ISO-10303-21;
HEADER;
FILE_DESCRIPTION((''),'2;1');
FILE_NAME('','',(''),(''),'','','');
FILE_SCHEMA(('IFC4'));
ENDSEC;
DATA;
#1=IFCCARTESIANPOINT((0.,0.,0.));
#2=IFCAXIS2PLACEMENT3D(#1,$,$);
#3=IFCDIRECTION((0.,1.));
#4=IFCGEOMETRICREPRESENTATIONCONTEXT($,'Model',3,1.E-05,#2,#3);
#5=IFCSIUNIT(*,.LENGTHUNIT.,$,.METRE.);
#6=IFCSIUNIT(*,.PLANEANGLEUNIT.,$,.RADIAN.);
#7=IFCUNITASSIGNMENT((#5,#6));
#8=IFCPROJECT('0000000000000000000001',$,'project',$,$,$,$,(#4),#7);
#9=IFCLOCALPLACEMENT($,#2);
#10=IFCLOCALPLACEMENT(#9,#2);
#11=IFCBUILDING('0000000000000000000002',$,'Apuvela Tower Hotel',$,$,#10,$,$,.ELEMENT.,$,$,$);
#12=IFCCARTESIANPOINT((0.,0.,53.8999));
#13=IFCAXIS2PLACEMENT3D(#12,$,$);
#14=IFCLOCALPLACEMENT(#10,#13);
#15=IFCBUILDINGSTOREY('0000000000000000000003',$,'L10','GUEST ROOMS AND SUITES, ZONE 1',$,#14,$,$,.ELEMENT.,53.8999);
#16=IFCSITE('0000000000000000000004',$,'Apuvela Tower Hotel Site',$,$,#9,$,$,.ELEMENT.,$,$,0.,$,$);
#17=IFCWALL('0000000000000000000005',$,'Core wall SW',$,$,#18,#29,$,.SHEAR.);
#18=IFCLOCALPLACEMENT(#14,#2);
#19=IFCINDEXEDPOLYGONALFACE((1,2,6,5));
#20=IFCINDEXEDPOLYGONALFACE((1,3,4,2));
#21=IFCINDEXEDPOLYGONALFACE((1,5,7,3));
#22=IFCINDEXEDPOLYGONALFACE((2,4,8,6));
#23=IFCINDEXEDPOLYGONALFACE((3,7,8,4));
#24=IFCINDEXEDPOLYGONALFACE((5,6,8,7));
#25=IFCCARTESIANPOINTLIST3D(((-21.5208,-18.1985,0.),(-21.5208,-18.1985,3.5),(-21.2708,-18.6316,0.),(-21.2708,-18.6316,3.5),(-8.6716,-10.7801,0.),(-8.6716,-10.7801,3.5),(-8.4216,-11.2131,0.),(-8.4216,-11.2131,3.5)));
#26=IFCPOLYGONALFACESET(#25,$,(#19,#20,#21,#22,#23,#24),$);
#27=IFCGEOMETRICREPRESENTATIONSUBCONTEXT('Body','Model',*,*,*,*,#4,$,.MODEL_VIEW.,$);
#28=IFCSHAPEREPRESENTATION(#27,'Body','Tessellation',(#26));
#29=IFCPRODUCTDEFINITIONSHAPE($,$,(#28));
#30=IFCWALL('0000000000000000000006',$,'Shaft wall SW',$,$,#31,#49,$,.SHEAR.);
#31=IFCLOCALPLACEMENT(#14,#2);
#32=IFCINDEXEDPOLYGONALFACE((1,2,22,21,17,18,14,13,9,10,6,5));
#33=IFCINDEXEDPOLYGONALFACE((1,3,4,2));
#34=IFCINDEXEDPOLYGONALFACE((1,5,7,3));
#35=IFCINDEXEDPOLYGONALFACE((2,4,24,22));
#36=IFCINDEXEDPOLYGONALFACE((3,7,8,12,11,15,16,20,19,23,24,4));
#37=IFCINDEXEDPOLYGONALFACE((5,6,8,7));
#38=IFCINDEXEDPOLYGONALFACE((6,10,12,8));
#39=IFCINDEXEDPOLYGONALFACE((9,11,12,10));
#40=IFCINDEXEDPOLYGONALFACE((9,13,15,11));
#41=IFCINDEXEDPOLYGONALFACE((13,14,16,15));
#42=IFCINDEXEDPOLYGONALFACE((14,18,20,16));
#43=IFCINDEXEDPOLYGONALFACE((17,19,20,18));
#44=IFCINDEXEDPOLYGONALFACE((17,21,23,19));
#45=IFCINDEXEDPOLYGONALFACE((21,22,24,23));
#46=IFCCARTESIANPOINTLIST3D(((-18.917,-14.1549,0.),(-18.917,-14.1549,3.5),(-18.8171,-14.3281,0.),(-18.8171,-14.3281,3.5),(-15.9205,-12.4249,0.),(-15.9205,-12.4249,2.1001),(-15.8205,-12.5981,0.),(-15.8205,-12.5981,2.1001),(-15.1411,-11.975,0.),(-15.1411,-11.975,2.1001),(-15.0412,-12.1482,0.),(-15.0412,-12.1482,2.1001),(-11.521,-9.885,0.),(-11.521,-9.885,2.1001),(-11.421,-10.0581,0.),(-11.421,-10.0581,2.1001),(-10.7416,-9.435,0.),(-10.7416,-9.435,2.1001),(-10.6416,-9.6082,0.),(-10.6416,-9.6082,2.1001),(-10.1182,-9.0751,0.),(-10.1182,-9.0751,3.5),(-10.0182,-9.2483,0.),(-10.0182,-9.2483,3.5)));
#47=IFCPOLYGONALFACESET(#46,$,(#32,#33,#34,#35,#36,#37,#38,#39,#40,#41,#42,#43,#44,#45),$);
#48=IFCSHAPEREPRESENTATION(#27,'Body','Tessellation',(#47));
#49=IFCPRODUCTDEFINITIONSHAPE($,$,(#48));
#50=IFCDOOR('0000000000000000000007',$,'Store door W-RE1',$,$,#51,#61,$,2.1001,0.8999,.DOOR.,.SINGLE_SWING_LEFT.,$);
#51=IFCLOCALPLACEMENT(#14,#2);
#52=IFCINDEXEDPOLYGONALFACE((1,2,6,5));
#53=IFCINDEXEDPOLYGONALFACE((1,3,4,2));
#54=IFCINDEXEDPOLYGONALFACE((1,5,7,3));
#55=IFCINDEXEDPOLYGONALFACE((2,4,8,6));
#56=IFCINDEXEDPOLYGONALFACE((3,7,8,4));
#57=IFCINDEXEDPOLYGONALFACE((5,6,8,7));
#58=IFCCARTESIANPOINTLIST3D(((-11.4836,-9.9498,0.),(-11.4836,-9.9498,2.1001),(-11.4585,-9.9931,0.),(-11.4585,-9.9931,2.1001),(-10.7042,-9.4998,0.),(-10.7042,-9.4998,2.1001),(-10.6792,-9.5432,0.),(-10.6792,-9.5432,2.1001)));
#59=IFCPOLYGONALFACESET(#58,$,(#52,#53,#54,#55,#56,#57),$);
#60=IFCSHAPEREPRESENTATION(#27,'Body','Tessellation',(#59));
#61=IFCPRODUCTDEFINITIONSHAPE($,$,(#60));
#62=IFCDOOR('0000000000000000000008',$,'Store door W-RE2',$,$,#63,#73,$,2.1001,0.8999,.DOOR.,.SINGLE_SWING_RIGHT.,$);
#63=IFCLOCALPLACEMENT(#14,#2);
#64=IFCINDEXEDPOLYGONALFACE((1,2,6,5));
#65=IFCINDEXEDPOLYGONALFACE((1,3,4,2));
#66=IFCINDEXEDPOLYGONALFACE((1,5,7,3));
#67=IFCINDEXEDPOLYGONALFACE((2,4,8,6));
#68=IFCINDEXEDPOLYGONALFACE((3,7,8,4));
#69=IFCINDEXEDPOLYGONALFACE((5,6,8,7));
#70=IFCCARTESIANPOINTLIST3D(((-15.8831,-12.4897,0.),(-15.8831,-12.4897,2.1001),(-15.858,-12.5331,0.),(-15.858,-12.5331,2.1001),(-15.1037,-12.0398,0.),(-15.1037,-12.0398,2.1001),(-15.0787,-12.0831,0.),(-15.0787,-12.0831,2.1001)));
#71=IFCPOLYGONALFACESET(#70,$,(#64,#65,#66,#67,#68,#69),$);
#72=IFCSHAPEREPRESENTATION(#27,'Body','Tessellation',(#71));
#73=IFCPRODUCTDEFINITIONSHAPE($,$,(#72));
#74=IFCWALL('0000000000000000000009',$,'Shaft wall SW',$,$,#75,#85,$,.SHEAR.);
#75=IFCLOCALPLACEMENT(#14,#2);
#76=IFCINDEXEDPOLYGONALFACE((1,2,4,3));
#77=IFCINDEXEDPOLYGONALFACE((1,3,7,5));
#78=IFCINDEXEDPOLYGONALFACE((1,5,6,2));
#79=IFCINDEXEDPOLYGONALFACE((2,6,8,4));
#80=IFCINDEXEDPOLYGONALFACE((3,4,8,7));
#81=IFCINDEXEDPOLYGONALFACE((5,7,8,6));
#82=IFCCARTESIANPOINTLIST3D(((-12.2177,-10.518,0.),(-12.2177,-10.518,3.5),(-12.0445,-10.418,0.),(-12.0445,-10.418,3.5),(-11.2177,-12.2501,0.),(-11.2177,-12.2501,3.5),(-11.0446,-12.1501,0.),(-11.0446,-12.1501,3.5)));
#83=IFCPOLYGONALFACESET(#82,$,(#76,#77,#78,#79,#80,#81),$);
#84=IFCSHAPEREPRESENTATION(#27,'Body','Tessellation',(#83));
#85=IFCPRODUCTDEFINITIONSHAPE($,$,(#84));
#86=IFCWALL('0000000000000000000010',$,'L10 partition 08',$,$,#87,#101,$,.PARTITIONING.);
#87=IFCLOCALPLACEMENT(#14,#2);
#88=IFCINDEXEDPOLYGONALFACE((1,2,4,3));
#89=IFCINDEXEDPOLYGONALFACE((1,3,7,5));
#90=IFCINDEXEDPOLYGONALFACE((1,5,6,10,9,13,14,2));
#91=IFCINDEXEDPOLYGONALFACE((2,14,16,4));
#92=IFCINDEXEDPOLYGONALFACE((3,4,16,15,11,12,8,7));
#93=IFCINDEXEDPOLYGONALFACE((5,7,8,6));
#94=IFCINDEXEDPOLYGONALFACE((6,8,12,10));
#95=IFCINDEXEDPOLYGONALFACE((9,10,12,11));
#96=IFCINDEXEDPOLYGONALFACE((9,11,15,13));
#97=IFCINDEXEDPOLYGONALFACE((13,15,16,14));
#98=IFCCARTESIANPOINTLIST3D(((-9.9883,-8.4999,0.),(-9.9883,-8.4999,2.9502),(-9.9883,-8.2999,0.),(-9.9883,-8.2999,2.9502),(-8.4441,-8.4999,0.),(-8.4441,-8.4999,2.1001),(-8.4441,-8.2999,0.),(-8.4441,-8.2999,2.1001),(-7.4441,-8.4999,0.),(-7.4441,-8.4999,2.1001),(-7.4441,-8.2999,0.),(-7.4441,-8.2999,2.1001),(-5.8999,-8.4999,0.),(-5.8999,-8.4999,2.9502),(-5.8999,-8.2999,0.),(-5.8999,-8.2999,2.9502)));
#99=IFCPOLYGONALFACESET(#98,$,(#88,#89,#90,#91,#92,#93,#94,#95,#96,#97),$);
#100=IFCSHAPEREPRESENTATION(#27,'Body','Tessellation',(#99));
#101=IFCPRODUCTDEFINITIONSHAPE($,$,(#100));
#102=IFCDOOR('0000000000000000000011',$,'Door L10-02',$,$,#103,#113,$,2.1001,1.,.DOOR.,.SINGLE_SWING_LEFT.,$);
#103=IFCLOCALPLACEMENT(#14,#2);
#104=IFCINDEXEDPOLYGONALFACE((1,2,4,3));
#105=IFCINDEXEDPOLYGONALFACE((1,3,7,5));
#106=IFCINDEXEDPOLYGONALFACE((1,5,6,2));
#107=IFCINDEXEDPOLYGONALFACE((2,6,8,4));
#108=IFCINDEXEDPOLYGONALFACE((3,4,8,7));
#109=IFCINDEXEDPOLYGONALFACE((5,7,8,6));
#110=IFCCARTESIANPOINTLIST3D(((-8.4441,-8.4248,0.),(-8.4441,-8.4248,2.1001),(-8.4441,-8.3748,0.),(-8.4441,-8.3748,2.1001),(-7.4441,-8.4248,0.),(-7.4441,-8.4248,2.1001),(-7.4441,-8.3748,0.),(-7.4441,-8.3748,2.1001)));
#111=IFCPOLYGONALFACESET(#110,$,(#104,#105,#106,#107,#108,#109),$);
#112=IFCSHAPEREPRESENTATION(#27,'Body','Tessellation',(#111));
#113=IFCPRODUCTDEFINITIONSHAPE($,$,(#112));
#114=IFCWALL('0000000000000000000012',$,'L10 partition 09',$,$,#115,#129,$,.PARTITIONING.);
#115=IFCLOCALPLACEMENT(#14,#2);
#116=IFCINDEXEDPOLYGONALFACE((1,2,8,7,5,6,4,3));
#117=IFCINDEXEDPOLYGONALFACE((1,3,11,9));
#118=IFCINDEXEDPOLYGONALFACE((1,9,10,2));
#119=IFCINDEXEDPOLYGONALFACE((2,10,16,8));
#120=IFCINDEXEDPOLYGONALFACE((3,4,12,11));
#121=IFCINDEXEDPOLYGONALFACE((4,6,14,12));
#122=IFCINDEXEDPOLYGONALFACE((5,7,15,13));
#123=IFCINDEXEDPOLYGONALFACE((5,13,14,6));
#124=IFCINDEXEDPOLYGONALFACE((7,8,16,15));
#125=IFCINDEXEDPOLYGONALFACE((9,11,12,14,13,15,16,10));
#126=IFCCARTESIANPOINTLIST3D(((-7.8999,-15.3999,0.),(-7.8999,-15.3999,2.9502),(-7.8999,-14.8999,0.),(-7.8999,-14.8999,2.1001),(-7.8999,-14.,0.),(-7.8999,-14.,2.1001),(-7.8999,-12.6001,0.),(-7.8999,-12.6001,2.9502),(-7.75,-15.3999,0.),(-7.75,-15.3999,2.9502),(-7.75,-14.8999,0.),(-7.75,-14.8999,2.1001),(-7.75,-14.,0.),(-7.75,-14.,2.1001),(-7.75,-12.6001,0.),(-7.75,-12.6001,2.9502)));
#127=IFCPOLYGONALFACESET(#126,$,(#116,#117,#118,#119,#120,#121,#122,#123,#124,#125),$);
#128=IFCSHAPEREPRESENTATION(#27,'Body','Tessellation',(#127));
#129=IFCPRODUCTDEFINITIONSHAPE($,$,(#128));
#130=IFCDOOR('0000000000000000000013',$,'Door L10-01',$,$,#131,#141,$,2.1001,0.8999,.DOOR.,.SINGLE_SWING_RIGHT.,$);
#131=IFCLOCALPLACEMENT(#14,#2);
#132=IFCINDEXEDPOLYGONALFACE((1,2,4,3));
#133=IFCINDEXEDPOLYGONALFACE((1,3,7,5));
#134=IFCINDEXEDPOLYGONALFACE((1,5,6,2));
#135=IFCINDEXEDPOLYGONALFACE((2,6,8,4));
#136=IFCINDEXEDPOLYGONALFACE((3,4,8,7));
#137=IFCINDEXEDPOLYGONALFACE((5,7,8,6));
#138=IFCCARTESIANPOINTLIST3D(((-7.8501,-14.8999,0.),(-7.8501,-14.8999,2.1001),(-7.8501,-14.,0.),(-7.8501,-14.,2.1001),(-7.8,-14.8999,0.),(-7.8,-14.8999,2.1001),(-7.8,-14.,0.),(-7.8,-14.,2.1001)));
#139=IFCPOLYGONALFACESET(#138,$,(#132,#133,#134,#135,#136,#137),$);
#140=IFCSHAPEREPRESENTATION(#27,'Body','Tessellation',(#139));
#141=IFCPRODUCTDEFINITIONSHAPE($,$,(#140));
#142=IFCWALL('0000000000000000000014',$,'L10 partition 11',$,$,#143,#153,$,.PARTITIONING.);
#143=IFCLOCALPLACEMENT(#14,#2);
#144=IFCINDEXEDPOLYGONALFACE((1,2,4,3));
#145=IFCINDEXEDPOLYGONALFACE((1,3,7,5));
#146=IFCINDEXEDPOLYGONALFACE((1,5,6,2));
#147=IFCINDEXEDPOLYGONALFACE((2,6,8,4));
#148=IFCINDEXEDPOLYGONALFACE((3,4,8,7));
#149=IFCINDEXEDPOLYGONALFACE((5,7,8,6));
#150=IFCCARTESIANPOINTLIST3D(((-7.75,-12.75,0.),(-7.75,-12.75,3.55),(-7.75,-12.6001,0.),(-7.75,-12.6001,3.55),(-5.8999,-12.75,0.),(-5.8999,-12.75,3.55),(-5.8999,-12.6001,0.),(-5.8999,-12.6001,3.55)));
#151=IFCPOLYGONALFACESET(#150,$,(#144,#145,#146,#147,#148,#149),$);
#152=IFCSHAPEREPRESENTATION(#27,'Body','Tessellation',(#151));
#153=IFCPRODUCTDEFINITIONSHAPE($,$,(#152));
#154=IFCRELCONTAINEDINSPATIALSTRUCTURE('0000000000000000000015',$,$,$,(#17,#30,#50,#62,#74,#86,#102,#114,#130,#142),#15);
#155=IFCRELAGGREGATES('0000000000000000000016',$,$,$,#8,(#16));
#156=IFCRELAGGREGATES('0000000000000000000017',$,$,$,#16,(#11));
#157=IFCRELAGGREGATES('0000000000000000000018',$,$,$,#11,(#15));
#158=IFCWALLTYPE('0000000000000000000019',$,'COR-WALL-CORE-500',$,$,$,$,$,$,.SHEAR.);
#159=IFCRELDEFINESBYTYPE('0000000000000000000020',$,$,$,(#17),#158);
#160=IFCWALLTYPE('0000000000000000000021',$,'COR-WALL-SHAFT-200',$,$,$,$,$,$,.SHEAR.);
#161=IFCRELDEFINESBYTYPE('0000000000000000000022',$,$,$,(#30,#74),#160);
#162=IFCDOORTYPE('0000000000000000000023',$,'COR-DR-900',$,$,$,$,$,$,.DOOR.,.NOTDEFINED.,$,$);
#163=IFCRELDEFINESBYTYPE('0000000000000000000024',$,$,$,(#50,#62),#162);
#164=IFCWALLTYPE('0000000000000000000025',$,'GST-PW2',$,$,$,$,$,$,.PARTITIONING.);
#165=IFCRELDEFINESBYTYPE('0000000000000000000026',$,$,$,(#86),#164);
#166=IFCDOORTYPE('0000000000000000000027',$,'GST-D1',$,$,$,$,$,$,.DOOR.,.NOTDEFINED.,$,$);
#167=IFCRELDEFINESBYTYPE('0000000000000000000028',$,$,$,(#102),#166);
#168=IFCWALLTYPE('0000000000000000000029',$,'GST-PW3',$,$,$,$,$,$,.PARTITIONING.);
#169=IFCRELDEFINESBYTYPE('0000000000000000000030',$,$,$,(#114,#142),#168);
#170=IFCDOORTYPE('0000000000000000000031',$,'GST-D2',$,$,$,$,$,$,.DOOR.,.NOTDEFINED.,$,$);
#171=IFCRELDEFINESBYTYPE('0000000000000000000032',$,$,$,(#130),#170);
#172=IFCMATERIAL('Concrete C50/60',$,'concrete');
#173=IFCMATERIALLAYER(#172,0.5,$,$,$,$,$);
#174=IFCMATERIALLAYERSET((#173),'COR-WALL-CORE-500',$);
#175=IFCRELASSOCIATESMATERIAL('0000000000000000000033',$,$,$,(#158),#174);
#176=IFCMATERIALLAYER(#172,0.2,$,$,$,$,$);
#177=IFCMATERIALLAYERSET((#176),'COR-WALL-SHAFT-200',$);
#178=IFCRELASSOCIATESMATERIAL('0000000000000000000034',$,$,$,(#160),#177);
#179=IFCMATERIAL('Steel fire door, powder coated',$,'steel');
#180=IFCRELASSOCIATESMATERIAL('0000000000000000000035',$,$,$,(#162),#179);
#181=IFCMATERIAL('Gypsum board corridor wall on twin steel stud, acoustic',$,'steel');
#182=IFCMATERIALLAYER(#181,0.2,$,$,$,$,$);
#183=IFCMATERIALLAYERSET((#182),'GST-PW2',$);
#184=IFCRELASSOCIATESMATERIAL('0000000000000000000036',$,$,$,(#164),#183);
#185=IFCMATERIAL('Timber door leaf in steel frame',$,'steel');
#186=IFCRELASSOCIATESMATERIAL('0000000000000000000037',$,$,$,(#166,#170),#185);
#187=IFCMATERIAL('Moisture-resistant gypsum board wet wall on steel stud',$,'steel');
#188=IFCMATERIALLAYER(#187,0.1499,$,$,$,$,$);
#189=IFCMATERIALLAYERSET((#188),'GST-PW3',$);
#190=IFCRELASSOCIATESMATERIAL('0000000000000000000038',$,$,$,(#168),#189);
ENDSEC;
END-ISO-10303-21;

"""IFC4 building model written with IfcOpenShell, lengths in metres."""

from ifc_helpers import new_model, si_unit, direction, frame, frame_2d, origin, place, context, subcontext, project, spatial, rectangle, extrude, material, layer, layer_set, type_object, element, fill, save


model = new_model("IFC4")

# Units and contexts
model_context = context("Model", 3, precision=1e-05, world=origin(), true_north=direction((0.0, 1.0)))
body_context = subcontext(model_context, "Body", "Model", "MODEL_VIEW")
ifc_project = project(units=[si_unit("LENGTHUNIT", "METRE"), si_unit("PLANEANGLEUNIT", "RADIAN")], contexts=[model_context])

# Site, building, storey
site_placement = place(None, origin())
site = spatial("IfcSite", under=ifc_project, at=site_placement, Name="Apuvela Tower Hotel Site", CompositionType="ELEMENT", RefElevation=0.0)
building_placement = place(site_placement, origin())
building = spatial("IfcBuilding", under=site, at=building_placement, Name="Apuvela Tower Hotel", CompositionType="ELEMENT")
storey_placement = place(building_placement, frame((0.0, 0.0, 53.8999)))
storey = spatial("IfcBuildingStorey", under=building, at=storey_placement, Name="L10", Description="GUEST ROOMS AND SUITES, ZONE 1", CompositionType="ELEMENT", Elevation=53.8999)

# Wall
ifc_material_1 = material(Name="Concrete C50/60", Category="concrete")
ifc_layer_1 = layer(ifc_material_1, 0.5)
ifc_layer_set_1 = layer_set([ifc_layer_1], Name="COR-WALL-CORE-500")
wall_type_1 = type_object("IfcWallType", Name="COR-WALL-CORE-500", PredefinedType="SHEAR", material=ifc_layer_set_1)
wall_1_placement = place(storey_placement, frame((-8.5466, -10.9966, 0.0), z_axis=(0.0, 0.0, 1.0), x_axis=(-0.866025, -0.500001, 0.0)))
element("IfcWall", 1, at=wall_1_placement, inside=storey, type_object=wall_type_1, Name="Core wall SW", PredefinedType="SHEAR", context=body_context, shape_type="SweptSolid", body=[
    extrude(rectangle(XDim=14.8369, YDim=0.5, at=frame_2d((7.4185, 0.0))), origin(), (0.0, 0.0, 1.0), 3.5),
])

# Wall, openings, doors
ifc_layer_2 = layer(ifc_material_1, 0.2)
ifc_layer_set_2 = layer_set([ifc_layer_2], Name="COR-WALL-SHAFT-200")
wall_type_2 = type_object("IfcWallType", Name="COR-WALL-SHAFT-200", PredefinedType="SHEAR", material=ifc_layer_set_2)
wall_2_placement = place(storey_placement, frame((-10.0681, -9.1616, 0.0), z_axis=(0.0, 0.0, 1.0), x_axis=(-0.866033, -0.499987, 0.0)))
wall_2 = element("IfcWall", 2, at=wall_2_placement, inside=storey, type_object=wall_type_2, Name="Shaft wall SW", PredefinedType="SHEAR", context=body_context, shape_type="SweptSolid", body=[
    extrude(rectangle(XDim=10.1599, YDim=0.2, at=frame_2d((5.0801, 0.0))), origin(), (0.0, 0.0, 1.0), 3.5),
])
opening_1_placement = place(wall_2_placement, frame((0.72, 0.0, 0.0)))
opening_1 = element("IfcOpeningElement", 3, at=opening_1_placement, cuts=wall_2, PredefinedType="OPENING", context=body_context, shape_type="SweptSolid", body=[
    extrude(rectangle(XDim=0.8999, YDim=2.1001, at=frame_2d((0.45, 1.05))), frame((0.0, 0.1099, 0.0), z_axis=(0.0, -1.0, 0.0), x_axis=(1.0, 0.0, 0.0)), (0.0, 0.0, 1.0), 0.22),
])
opening_2_placement = place(wall_2_placement, frame((5.8, 0.0, 0.0)))
opening_2 = element("IfcOpeningElement", 4, at=opening_2_placement, cuts=wall_2, PredefinedType="OPENING", context=body_context, shape_type="SweptSolid", body=[
    extrude(rectangle(XDim=0.8999, YDim=2.1001, at=frame_2d((0.45, 1.05))), frame((0.0, 0.1099, 0.0), z_axis=(0.0, -1.0, 0.0), x_axis=(1.0, 0.0, 0.0)), (0.0, 0.0, 1.0), 0.22),
])
ifc_material_2 = material(Name="Steel fire door, powder coated", Category="steel")
door_type_1 = type_object("IfcDoorType", Name="COR-DR-900", OperationType="NOTDEFINED", PredefinedType="DOOR", material=ifc_material_2)
door_1_placement = place(opening_1_placement, origin())
door_1 = element("IfcDoor", 5, at=door_1_placement, inside=storey, type_object=door_type_1, Name="Store door W-RE1", OperationType="SINGLE_SWING_LEFT", OverallHeight=2.1001, OverallWidth=0.8999, PredefinedType="DOOR", context=body_context, shape_type="SweptSolid", body=[
    extrude(rectangle(XDim=0.8999, YDim=2.1001, at=frame_2d((0.45, 1.05))), frame((0.0, 0.0249, 0.0), z_axis=(0.0, -1.0, 0.0), x_axis=(1.0, 0.0, 0.0)), (0.0, 0.0, 1.0), 0.05),
])
fill(opening_1, door_1)
door_2_placement = place(opening_2_placement, origin())
door_2 = element("IfcDoor", 6, at=door_2_placement, inside=storey, type_object=door_type_1, Name="Store door W-RE2", OperationType="SINGLE_SWING_RIGHT", OverallHeight=2.1001, OverallWidth=0.8999, PredefinedType="DOOR", context=body_context, shape_type="SweptSolid", body=[
    extrude(rectangle(XDim=0.8999, YDim=2.1001, at=frame_2d((0.45, 1.05))), frame((0.0, 0.0249, 0.0), z_axis=(0.0, -1.0, 0.0), x_axis=(1.0, 0.0, 0.0)), (0.0, 0.0, 1.0), 0.05),
])
fill(opening_2, door_2)

# Wall
wall_3_placement = place(storey_placement, frame((-12.1311, -10.468, 0.0), z_axis=(0.0, 0.0, 1.0), x_axis=(0.499973, -0.866041, 0.0)))
element("IfcWall", 7, at=wall_3_placement, inside=storey, type_object=wall_type_2, Name="Shaft wall SW", PredefinedType="SHEAR", context=body_context, shape_type="SweptSolid", body=[
    extrude(rectangle(XDim=2.0, YDim=0.2, at=frame_2d((1.0, 0.0))), origin(), (0.0, 0.0, 1.0), 3.5),
])

# Walls, openings, doors
ifc_material_3 = material(Name="Gypsum board corridor wall on twin steel stud, acoustic", Category="steel")
ifc_layer_3 = layer(ifc_material_3, 0.2)
ifc_layer_set_3 = layer_set([ifc_layer_3], Name="GST-PW2")
wall_type_3 = type_object("IfcWallType", Name="GST-PW2", PredefinedType="PARTITIONING", material=ifc_layer_set_3)
wall_4_placement = place(storey_placement, frame((-5.8999, -8.3999, 0.0), z_axis=(0.0, 0.0, 1.0), x_axis=(-1.0, 0.0, 0.0)))
wall_4 = element("IfcWall", 8, at=wall_4_placement, inside=storey, type_object=wall_type_3, Name="L10 partition 08", PredefinedType="PARTITIONING", context=body_context, shape_type="SweptSolid", body=[
    extrude(rectangle(XDim=4.0884, YDim=0.2, at=frame_2d((2.0442, 0.0))), origin(), (0.0, 0.0, 1.0), 2.9502),
])
opening_3_placement = place(wall_4_placement, frame((1.5442, 0.0, 0.0)))
opening_3 = element("IfcOpeningElement", 9, at=opening_3_placement, cuts=wall_4, PredefinedType="OPENING", context=body_context, shape_type="SweptSolid", body=[
    extrude(rectangle(XDim=1.0, YDim=2.1001, at=frame_2d((0.5, 1.05))), frame((0.0, 0.1099, 0.0), z_axis=(0.0, -1.0, 0.0), x_axis=(1.0, 0.0, 0.0)), (0.0, 0.0, 1.0), 0.22),
])
ifc_material_4 = material(Name="Timber door leaf in steel frame", Category="steel")
door_type_2 = type_object("IfcDoorType", Name="GST-D1", OperationType="NOTDEFINED", PredefinedType="DOOR", material=ifc_material_4)
door_3_placement = place(opening_3_placement, origin())
door_3 = element("IfcDoor", 10, at=door_3_placement, inside=storey, type_object=door_type_2, Name="Door L10-02", OperationType="SINGLE_SWING_LEFT", OverallHeight=2.1001, OverallWidth=1.0, PredefinedType="DOOR", context=body_context, shape_type="SweptSolid", body=[
    extrude(rectangle(XDim=1.0, YDim=2.1001, at=frame_2d((0.5, 1.05))), frame((0.0, 0.0249, 0.0), z_axis=(0.0, -1.0, 0.0), x_axis=(1.0, 0.0, 0.0)), (0.0, 0.0, 1.0), 0.05),
])
fill(opening_3, door_3)
ifc_material_5 = material(Name="Moisture-resistant gypsum board wet wall on steel stud", Category="steel")
ifc_layer_4 = layer(ifc_material_5, 0.1499)
ifc_layer_set_4 = layer_set([ifc_layer_4], Name="GST-PW3")
wall_type_4 = type_object("IfcWallType", Name="GST-PW3", PredefinedType="PARTITIONING", material=ifc_layer_set_4)
wall_5_placement = place(storey_placement, frame((-7.825, -12.6001, 0.0), z_axis=(0.0, 0.0, 1.0), x_axis=(0.0, -1.0, 0.0)))
wall_5 = element("IfcWall", 11, at=wall_5_placement, inside=storey, type_object=wall_type_4, Name="L10 partition 09", PredefinedType="PARTITIONING", context=body_context, shape_type="SweptSolid", body=[
    extrude(rectangle(XDim=2.7998, YDim=0.1499, at=frame_2d((1.3999, 0.0))), origin(), (0.0, 0.0, 1.0), 2.9502),
])
opening_4_placement = place(wall_5_placement, frame((1.3999, 0.0, 0.0)))
opening_4 = element("IfcOpeningElement", 12, at=opening_4_placement, cuts=wall_5, PredefinedType="OPENING", context=body_context, shape_type="SweptSolid", body=[
    extrude(rectangle(XDim=0.8999, YDim=2.1001, at=frame_2d((0.45, 1.05))), frame((0.0, 0.085, 0.0), z_axis=(0.0, -1.0, 0.0), x_axis=(1.0, 0.0, 0.0)), (0.0, 0.0, 1.0), 0.1699),
])
door_type_3 = type_object("IfcDoorType", Name="GST-D2", OperationType="NOTDEFINED", PredefinedType="DOOR", material=ifc_material_4)
door_4_placement = place(opening_4_placement, origin())
door_4 = element("IfcDoor", 13, at=door_4_placement, inside=storey, type_object=door_type_3, Name="Door L10-01", OperationType="SINGLE_SWING_RIGHT", OverallHeight=2.1001, OverallWidth=0.8999, PredefinedType="DOOR", context=body_context, shape_type="SweptSolid", body=[
    extrude(rectangle(XDim=0.8999, YDim=2.1001, at=frame_2d((0.45, 1.05))), frame((0.0, 0.0249, 0.0), z_axis=(0.0, -1.0, 0.0), x_axis=(1.0, 0.0, 0.0)), (0.0, 0.0, 1.0), 0.05),
])
fill(opening_4, door_4)

# Wall
wall_6_placement = place(storey_placement, frame((-7.75, -12.675, 0.0), z_axis=(0.0, 0.0, 1.0), x_axis=(1.0, 0.0, 0.0)))
element("IfcWall", 14, at=wall_6_placement, inside=storey, type_object=wall_type_4, Name="L10 partition 11", PredefinedType="PARTITIONING", context=body_context, shape_type="SweptSolid", body=[
    extrude(rectangle(XDim=1.8501, YDim=0.1499, at=frame_2d((0.925, 0.0))), origin(), (0.0, 0.0, 1.0), 3.55),
])

save(model, "model.ifc")
